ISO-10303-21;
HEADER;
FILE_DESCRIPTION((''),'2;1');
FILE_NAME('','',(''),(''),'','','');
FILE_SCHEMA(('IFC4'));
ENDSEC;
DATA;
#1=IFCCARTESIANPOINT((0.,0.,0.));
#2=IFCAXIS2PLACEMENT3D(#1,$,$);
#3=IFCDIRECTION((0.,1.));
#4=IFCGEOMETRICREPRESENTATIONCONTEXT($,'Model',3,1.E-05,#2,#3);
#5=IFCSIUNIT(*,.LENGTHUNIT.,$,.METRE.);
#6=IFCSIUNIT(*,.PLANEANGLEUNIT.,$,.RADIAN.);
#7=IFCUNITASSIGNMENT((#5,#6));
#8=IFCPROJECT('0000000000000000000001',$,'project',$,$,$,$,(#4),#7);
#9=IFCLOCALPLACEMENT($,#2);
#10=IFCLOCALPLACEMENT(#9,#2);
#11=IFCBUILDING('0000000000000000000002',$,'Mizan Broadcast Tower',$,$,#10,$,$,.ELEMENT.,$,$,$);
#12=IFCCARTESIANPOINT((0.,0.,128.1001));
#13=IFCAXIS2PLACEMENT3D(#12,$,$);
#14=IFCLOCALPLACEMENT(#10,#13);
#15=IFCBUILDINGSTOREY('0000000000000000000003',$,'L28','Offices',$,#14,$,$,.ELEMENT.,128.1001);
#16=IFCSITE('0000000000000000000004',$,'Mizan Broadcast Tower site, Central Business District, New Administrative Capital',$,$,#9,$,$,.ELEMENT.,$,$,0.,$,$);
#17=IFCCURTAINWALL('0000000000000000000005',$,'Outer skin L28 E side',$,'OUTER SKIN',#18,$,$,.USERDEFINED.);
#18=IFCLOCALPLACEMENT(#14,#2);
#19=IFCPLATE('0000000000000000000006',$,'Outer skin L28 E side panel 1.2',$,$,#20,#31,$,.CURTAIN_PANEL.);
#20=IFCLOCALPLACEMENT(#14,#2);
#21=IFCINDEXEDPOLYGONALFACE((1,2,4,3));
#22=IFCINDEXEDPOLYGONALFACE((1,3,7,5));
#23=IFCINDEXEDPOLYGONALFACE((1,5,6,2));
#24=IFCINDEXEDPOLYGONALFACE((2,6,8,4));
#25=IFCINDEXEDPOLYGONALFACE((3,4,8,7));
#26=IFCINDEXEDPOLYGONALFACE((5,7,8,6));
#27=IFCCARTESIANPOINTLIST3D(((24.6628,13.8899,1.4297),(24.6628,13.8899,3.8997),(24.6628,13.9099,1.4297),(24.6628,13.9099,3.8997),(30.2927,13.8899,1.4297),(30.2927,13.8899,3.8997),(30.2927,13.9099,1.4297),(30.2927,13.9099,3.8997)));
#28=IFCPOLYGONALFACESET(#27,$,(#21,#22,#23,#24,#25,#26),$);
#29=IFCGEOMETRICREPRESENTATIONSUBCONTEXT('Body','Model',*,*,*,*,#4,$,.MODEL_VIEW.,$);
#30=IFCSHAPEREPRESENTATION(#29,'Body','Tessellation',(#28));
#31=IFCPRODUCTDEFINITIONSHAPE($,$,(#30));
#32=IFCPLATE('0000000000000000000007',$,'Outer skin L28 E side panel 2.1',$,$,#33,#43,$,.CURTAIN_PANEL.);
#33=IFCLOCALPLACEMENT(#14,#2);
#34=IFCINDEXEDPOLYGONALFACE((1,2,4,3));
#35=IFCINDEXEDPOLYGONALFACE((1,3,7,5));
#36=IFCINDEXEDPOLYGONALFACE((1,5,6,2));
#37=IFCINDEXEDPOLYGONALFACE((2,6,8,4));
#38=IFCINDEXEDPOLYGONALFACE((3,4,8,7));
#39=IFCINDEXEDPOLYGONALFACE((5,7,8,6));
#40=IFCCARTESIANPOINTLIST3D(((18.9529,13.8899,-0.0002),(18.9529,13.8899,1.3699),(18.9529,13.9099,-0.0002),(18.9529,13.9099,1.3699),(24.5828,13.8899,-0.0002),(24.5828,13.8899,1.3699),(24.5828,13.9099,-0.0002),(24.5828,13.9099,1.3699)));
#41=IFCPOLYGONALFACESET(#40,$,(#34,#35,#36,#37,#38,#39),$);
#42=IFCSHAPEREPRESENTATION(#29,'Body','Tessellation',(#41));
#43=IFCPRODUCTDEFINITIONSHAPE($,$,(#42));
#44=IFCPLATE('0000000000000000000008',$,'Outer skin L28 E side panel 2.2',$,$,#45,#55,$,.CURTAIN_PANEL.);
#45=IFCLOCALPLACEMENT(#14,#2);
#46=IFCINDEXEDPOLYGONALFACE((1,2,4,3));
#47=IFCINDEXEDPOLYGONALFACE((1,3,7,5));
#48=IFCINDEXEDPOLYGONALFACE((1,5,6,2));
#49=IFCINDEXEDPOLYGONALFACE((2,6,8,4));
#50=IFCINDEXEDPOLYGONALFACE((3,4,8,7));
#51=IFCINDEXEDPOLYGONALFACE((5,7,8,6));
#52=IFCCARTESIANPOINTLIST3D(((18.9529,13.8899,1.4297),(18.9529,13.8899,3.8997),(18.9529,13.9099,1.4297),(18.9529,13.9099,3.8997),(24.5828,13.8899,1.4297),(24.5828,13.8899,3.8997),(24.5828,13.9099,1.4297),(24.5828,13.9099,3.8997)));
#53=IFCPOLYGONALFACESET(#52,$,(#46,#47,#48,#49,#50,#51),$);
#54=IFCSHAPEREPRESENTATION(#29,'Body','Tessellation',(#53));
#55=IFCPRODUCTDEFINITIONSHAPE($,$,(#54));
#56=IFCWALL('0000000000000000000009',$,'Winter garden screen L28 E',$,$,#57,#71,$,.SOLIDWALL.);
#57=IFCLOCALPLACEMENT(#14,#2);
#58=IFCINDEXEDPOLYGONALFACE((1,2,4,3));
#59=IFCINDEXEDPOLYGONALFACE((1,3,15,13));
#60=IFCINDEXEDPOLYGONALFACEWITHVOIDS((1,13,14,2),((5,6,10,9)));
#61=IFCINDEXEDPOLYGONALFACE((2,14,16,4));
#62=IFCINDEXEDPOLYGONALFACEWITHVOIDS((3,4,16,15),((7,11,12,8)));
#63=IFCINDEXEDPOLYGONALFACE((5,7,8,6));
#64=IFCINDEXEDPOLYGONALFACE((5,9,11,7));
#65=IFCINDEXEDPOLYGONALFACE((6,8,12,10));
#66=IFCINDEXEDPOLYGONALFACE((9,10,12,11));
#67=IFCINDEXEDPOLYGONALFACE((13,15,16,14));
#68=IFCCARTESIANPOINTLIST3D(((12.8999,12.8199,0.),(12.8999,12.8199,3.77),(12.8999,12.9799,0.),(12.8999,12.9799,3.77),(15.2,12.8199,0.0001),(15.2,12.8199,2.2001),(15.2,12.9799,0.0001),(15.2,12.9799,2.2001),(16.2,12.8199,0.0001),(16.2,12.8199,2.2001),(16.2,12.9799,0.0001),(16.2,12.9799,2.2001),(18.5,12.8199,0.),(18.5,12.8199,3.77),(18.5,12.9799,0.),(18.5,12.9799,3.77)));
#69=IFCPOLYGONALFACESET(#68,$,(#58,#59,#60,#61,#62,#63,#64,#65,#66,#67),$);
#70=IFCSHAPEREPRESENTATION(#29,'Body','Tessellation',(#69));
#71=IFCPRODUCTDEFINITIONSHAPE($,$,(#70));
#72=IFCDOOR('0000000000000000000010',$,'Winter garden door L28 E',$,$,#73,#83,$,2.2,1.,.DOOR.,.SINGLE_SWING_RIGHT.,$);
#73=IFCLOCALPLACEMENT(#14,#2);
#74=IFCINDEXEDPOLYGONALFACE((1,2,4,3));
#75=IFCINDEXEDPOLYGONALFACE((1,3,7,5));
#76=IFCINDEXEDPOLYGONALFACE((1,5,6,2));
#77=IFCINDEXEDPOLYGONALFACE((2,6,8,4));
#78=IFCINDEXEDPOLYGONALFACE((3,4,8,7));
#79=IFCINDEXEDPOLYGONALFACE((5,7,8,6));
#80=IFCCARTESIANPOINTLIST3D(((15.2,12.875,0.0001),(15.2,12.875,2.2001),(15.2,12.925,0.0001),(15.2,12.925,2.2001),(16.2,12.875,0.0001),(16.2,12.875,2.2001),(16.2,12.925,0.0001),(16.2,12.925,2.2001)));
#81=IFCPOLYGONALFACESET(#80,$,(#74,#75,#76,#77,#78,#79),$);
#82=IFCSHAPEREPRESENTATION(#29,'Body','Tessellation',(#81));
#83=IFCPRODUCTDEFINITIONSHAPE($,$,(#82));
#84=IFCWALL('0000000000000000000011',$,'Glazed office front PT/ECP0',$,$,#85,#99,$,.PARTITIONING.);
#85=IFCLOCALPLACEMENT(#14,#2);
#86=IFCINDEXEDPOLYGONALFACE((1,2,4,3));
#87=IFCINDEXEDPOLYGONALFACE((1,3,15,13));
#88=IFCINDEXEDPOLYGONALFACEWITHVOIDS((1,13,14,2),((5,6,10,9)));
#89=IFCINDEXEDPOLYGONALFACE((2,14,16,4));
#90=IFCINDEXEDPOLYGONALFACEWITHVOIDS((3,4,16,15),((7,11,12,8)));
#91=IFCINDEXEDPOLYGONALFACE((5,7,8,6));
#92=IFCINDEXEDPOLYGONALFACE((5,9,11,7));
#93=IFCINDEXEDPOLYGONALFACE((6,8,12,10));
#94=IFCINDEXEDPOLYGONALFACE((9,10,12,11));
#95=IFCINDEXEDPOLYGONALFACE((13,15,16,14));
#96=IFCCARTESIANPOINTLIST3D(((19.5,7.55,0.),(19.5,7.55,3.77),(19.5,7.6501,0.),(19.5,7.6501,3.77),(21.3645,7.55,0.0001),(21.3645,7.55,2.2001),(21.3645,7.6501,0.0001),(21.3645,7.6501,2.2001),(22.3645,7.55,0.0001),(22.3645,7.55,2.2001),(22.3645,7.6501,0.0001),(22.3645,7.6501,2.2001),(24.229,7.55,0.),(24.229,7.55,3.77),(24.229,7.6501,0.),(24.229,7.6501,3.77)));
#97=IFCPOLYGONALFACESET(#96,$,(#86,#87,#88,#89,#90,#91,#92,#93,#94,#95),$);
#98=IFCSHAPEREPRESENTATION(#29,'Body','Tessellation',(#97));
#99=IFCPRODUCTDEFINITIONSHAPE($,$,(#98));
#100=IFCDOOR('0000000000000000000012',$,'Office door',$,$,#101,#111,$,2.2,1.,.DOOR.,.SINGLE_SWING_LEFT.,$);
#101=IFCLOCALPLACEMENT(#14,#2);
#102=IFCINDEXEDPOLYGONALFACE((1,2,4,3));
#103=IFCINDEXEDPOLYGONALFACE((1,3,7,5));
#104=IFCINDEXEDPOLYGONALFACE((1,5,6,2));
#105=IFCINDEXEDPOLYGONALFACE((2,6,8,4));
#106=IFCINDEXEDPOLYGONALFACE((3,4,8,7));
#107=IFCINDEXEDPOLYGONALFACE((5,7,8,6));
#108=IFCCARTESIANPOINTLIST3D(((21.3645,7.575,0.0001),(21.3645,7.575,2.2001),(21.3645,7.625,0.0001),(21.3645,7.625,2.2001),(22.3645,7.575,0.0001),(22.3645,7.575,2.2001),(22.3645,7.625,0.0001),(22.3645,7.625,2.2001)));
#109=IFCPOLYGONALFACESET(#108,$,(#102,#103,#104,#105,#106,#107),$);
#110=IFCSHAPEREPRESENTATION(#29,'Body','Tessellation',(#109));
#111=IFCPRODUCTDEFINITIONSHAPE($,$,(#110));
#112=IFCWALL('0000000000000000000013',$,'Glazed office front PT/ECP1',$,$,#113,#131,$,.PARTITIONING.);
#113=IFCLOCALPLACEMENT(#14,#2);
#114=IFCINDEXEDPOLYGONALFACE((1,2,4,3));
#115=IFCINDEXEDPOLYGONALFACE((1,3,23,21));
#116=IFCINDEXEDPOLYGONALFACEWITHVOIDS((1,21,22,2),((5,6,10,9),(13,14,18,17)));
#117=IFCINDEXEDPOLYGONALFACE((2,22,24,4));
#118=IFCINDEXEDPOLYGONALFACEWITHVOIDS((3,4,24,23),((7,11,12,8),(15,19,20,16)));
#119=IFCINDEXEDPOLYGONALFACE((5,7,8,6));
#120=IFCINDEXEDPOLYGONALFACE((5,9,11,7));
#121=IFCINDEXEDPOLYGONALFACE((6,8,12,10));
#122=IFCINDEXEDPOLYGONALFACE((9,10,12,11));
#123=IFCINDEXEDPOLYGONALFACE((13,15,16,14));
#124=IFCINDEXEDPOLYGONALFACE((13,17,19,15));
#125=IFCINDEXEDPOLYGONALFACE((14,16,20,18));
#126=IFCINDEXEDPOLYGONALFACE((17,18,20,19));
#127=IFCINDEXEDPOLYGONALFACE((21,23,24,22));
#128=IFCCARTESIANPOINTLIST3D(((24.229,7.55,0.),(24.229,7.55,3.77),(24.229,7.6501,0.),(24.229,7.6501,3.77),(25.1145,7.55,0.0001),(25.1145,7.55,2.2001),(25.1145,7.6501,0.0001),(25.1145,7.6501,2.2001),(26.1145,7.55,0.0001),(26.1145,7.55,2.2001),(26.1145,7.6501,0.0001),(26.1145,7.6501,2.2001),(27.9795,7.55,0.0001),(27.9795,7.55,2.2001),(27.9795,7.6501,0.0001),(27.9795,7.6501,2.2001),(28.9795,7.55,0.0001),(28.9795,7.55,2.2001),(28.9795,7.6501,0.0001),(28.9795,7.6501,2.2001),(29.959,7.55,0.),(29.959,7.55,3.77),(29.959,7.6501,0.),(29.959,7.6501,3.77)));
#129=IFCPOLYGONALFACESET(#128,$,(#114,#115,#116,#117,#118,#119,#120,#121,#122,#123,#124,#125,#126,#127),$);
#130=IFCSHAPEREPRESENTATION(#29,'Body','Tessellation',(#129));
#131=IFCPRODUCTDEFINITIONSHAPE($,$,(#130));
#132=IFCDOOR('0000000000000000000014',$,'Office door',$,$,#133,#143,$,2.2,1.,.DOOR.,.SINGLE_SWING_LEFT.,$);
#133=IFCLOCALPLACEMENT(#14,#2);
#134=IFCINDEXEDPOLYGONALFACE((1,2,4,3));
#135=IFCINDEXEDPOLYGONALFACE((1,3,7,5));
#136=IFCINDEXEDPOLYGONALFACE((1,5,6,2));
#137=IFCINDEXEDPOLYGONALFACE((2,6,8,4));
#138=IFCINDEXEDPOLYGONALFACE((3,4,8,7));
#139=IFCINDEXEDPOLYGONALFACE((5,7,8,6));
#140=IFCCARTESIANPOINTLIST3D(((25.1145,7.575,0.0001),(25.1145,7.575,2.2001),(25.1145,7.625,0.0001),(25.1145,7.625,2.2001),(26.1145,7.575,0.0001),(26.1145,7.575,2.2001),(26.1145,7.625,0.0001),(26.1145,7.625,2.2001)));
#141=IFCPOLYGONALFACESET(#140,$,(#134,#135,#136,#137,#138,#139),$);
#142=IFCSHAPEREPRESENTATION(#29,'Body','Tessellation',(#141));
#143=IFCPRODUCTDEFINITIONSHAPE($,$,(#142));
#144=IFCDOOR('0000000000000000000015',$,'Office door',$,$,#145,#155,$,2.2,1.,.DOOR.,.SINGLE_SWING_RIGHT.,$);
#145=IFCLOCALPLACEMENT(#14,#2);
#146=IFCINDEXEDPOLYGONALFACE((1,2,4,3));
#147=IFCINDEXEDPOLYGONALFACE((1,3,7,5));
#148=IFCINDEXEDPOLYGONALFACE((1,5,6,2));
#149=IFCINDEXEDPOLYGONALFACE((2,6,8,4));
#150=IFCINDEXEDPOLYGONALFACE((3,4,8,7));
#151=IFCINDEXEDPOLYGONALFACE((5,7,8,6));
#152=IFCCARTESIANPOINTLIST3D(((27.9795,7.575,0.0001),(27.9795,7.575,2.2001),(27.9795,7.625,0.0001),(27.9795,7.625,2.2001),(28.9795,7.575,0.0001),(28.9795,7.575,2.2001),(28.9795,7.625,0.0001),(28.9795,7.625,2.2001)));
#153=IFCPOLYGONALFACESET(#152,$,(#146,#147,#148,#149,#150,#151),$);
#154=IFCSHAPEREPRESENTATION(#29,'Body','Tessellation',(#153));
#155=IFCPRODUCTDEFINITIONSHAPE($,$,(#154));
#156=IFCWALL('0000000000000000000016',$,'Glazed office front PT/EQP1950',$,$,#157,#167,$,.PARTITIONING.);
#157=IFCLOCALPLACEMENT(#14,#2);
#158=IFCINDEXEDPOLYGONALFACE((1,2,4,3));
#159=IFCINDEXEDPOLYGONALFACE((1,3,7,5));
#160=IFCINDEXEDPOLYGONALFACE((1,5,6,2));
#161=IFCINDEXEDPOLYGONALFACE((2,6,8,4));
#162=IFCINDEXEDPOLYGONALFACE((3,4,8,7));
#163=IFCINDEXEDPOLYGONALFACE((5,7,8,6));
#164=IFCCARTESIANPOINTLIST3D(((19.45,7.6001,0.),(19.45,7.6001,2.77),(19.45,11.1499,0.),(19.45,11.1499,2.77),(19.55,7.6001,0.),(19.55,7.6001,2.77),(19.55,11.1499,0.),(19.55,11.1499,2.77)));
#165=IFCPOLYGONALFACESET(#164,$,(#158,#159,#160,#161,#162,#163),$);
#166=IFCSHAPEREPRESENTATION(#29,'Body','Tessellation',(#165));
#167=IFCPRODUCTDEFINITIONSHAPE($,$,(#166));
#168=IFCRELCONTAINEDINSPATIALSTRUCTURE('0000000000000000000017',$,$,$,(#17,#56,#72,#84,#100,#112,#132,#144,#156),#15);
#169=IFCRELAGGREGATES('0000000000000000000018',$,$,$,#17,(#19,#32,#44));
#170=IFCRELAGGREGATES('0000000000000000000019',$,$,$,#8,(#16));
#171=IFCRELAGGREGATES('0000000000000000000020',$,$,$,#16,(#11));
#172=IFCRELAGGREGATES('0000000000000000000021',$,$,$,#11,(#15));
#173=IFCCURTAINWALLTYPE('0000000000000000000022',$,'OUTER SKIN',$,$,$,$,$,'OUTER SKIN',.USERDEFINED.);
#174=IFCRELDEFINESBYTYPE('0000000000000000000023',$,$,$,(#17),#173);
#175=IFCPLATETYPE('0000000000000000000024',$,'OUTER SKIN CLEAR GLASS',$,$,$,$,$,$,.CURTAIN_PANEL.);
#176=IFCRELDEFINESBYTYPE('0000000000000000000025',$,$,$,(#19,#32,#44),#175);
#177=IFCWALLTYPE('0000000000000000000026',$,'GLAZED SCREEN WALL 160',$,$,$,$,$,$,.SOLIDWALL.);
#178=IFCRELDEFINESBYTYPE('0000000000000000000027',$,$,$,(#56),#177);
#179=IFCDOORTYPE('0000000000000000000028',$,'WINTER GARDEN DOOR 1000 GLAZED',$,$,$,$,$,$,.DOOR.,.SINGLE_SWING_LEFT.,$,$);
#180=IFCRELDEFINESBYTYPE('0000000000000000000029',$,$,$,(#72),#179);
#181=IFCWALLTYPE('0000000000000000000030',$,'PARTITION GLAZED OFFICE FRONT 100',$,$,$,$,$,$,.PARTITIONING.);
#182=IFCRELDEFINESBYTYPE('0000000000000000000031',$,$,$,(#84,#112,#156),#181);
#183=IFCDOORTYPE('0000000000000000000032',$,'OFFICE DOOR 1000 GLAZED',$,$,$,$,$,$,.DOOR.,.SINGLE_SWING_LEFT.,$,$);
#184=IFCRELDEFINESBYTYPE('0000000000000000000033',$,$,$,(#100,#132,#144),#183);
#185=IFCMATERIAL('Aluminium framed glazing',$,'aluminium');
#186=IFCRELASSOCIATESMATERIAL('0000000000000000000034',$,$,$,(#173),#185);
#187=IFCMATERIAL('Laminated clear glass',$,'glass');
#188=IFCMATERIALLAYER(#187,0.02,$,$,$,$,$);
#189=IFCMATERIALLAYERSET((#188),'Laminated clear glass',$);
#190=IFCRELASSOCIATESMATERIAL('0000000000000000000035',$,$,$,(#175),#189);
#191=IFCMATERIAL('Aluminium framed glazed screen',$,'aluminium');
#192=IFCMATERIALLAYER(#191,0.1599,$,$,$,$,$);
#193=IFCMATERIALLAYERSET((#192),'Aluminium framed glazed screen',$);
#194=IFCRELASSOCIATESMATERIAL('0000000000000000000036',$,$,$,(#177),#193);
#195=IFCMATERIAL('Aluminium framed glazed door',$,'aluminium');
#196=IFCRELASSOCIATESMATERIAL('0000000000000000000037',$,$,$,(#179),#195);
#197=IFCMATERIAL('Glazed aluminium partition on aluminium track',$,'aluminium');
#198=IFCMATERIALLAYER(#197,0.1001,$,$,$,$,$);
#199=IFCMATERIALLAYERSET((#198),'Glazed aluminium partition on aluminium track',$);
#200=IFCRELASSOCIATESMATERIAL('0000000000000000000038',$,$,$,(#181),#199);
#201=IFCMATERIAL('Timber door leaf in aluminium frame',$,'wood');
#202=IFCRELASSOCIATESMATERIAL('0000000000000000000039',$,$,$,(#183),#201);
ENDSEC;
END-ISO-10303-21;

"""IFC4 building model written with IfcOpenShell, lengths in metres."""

from ifc_helpers import new_model, si_unit, direction, frame, frame_2d, origin, origin_2d, place, context, subcontext, project, spatial, rectangle, extrude, material, layer, layer_set, type_object, element, fill, aggregate, save


model = new_model("IFC4")

# Units and contexts
model_context = context("Model", 3, precision=1e-05, world=origin(), true_north=direction((0.0, 1.0)))
body_context = subcontext(model_context, "Body", "Model", "MODEL_VIEW")
ifc_project = project(units=[si_unit("LENGTHUNIT", "METRE"), si_unit("PLANEANGLEUNIT", "RADIAN")], contexts=[model_context])

# Site, building, storey
site_placement = place(None, origin())
site = spatial("IfcSite", under=ifc_project, at=site_placement, Name="Mizan Broadcast Tower site, Central Business District, New Administrative Capital", CompositionType="ELEMENT", RefElevation=0.0)
building_placement = place(site_placement, origin())
building = spatial("IfcBuilding", under=site, at=building_placement, Name="Mizan Broadcast Tower", CompositionType="ELEMENT")
storey_placement = place(building_placement, frame((0.0, 0.0, 128.1001)))
storey = spatial("IfcBuildingStorey", under=building, at=storey_placement, Name="L28", Description="Offices", CompositionType="ELEMENT", Elevation=128.1001)

# Curtain wall
ifc_material_1 = material(Name="Aluminium framed glazing", Category="aluminium")
curtain_wall_type_1 = type_object("IfcCurtainWallType", Name="OUTER SKIN", ElementType="OUTER SKIN", PredefinedType="USERDEFINED", material=ifc_material_1)
curtain_wall_1_placement = place(storey_placement, origin())
curtain_wall_1 = element("IfcCurtainWall", 1, at=curtain_wall_1_placement, inside=storey, type_object=curtain_wall_type_1, Name="Outer skin L28 E side", ObjectType="OUTER SKIN", PredefinedType="USERDEFINED")

# Plates
ifc_material_2 = material(Name="Laminated clear glass", Category="glass")
ifc_layer_1 = layer(ifc_material_2, 0.02)
ifc_layer_set_1 = layer_set([ifc_layer_1], Name="Laminated clear glass")
plate_type_1 = type_object("IfcPlateType", Name="OUTER SKIN CLEAR GLASS", PredefinedType="CURTAIN_PANEL", material=ifc_layer_set_1)
plate_1_placement = place(storey_placement, frame((27.4778, 13.8999, 1.4297), z_axis=(0.0, 0.0, 1.0), x_axis=(-1.0, 0.0, 0.0)))
plate_1 = element("IfcPlate", 2, at=plate_1_placement, type_object=plate_type_1, Name="Outer skin L28 E side panel 1.2", PredefinedType="CURTAIN_PANEL", context=body_context, shape_type="SweptSolid", body=[
    extrude(rectangle(XDim=5.6299, YDim=0.02, at=origin_2d()), origin(), (0.0, 0.0, 1.0), 2.47),
])
plate_2_placement = place(storey_placement, frame((21.7678, 13.8999, -0.0002), z_axis=(0.0, 0.0, 1.0), x_axis=(-1.0, 0.0, 0.0)))
plate_2 = element("IfcPlate", 3, at=plate_2_placement, type_object=plate_type_1, Name="Outer skin L28 E side panel 2.1", PredefinedType="CURTAIN_PANEL", context=body_context, shape_type="SweptSolid", body=[
    extrude(rectangle(XDim=5.6299, YDim=0.02, at=origin_2d()), origin(), (0.0, 0.0, 1.0), 1.3701),
])
plate_3_placement = place(storey_placement, frame((21.7678, 13.8999, 1.4297), z_axis=(0.0, 0.0, 1.0), x_axis=(-1.0, 0.0, 0.0)))
plate_3 = element("IfcPlate", 4, at=plate_3_placement, type_object=plate_type_1, Name="Outer skin L28 E side panel 2.2", PredefinedType="CURTAIN_PANEL", context=body_context, shape_type="SweptSolid", body=[
    extrude(rectangle(XDim=5.6299, YDim=0.02, at=origin_2d()), origin(), (0.0, 0.0, 1.0), 2.47),
])
aggregate(curtain_wall_1, [plate_1, plate_2, plate_3])

# Walls, openings, doors
ifc_material_3 = material(Name="Aluminium framed glazed screen", Category="aluminium")
ifc_layer_2 = layer(ifc_material_3, 0.1599)
ifc_layer_set_2 = layer_set([ifc_layer_2], Name="Aluminium framed glazed screen")
wall_type_1 = type_object("IfcWallType", Name="GLAZED SCREEN WALL 160", PredefinedType="SOLIDWALL", material=ifc_layer_set_2)
wall_1_placement = place(storey_placement, frame((18.5, 12.8999, 0.0), z_axis=(0.0, 0.0, 1.0), x_axis=(-1.0, 0.0, 0.0)))
wall_1 = element("IfcWall", 5, at=wall_1_placement, inside=storey, type_object=wall_type_1, Name="Winter garden screen L28 E", PredefinedType="SOLIDWALL", context=body_context, shape_type="SweptSolid", body=[
    extrude(rectangle(XDim=5.6001, YDim=0.1599, at=frame_2d((2.8, 0.0))), origin(), (0.0, 0.0, 1.0), 3.77),
])
opening_1_placement = place(wall_1_placement, frame((2.3, 0.0, 0.0)))
opening_1 = element("IfcOpeningElement", 6, at=opening_1_placement, cuts=wall_1, PredefinedType="OPENING", context=body_context, shape_type="SweptSolid", body=[
    extrude(rectangle(XDim=1.0, YDim=2.2, at=frame_2d((0.5, 1.1001))), frame((0.0, 0.0898, 0.0), z_axis=(0.0, -1.0, 0.0), x_axis=(1.0, 0.0, 0.0)), (0.0, 0.0, 1.0), 0.1799),
])
ifc_material_4 = material(Name="Aluminium framed glazed door", Category="aluminium")
door_type_1 = type_object("IfcDoorType", Name="WINTER GARDEN DOOR 1000 GLAZED", OperationType="SINGLE_SWING_LEFT", PredefinedType="DOOR", material=ifc_material_4)
door_1_placement = place(opening_1_placement, origin())
door_1 = element("IfcDoor", 7, at=door_1_placement, inside=storey, type_object=door_type_1, Name="Winter garden door L28 E", OperationType="SINGLE_SWING_RIGHT", OverallHeight=2.2, OverallWidth=1.0, PredefinedType="DOOR", context=body_context, shape_type="SweptSolid", body=[
    extrude(rectangle(XDim=1.0, YDim=2.2, at=frame_2d((0.5, 1.1001))), frame((0.0, 0.0249, 0.0), z_axis=(0.0, -1.0, 0.0), x_axis=(1.0, 0.0, 0.0)), (0.0, 0.0, 1.0), 0.05),
])
fill(opening_1, door_1)
ifc_material_5 = material(Name="Glazed aluminium partition on aluminium track", Category="aluminium")
ifc_layer_3 = layer(ifc_material_5, 0.1001)
ifc_layer_set_3 = layer_set([ifc_layer_3], Name="Glazed aluminium partition on aluminium track")
wall_type_2 = type_object("IfcWallType", Name="PARTITION GLAZED OFFICE FRONT 100", PredefinedType="PARTITIONING", material=ifc_layer_set_3)
wall_2_placement = place(storey_placement, frame((19.5, 7.6001, 0.0), z_axis=(0.0, 0.0, 1.0), x_axis=(1.0, 0.0, 0.0)))
wall_2 = element("IfcWall", 8, at=wall_2_placement, inside=storey, type_object=wall_type_2, Name="Glazed office front PT/ECP0", PredefinedType="PARTITIONING", context=body_context, shape_type="SweptSolid", body=[
    extrude(rectangle(XDim=4.729, YDim=0.1001, at=frame_2d((2.3645, 0.0))), origin(), (0.0, 0.0, 1.0), 3.77),
])
opening_2_placement = place(wall_2_placement, frame((1.8645, 0.0, 0.0)))
opening_2 = element("IfcOpeningElement", 9, at=opening_2_placement, cuts=wall_2, PredefinedType="OPENING", context=body_context, shape_type="SweptSolid", body=[
    extrude(rectangle(XDim=1.0, YDim=2.2, at=frame_2d((0.5, 1.1001))), frame((0.0, 0.0601, 0.0), z_axis=(0.0, -1.0, 0.0), x_axis=(1.0, 0.0, 0.0)), (0.0, 0.0, 1.0), 0.1201),
])
ifc_material_6 = material(Name="Timber door leaf in aluminium frame", Category="wood")
door_type_2 = type_object("IfcDoorType", Name="OFFICE DOOR 1000 GLAZED", OperationType="SINGLE_SWING_LEFT", PredefinedType="DOOR", material=ifc_material_6)
door_2_placement = place(opening_2_placement, origin())
door_2 = element("IfcDoor", 10, at=door_2_placement, inside=storey, type_object=door_type_2, Name="Office door", OperationType="SINGLE_SWING_LEFT", OverallHeight=2.2, OverallWidth=1.0, PredefinedType="DOOR", context=body_context, shape_type="SweptSolid", body=[
    extrude(rectangle(XDim=1.0, YDim=2.2, at=frame_2d((0.5, 1.1001))), frame((0.0, 0.0249, 0.0), z_axis=(0.0, -1.0, 0.0), x_axis=(1.0, 0.0, 0.0)), (0.0, 0.0, 1.0), 0.05),
])
fill(opening_2, door_2)

# Wall, openings, doors
wall_3_placement = place(storey_placement, frame((24.229, 7.6001, 0.0), z_axis=(0.0, 0.0, 1.0), x_axis=(1.0, 0.0, 0.0)))
wall_3 = element("IfcWall", 11, at=wall_3_placement, inside=storey, type_object=wall_type_2, Name="Glazed office front PT/ECP1", PredefinedType="PARTITIONING", context=body_context, shape_type="SweptSolid", body=[
    extrude(rectangle(XDim=5.73, YDim=0.1001, at=frame_2d((2.865, 0.0))), origin(), (0.0, 0.0, 1.0), 3.77),
])
opening_3_placement = place(wall_3_placement, frame((0.8855, 0.0, 0.0)))
opening_3 = element("IfcOpeningElement", 12, at=opening_3_placement, cuts=wall_3, PredefinedType="OPENING", context=body_context, shape_type="SweptSolid", body=[
    extrude(rectangle(XDim=1.0, YDim=2.2, at=frame_2d((0.5, 1.1001))), frame((0.0, 0.0601, 0.0), z_axis=(0.0, -1.0, 0.0), x_axis=(1.0, 0.0, 0.0)), (0.0, 0.0, 1.0), 0.1201),
])
opening_4_placement = place(wall_3_placement, frame((3.7505, 0.0, 0.0)))
opening_4 = element("IfcOpeningElement", 13, at=opening_4_placement, cuts=wall_3, PredefinedType="OPENING", context=body_context, shape_type="SweptSolid", body=[
    extrude(rectangle(XDim=1.0, YDim=2.2, at=frame_2d((0.5, 1.1001))), frame((0.0, 0.0601, 0.0), z_axis=(0.0, -1.0, 0.0), x_axis=(1.0, 0.0, 0.0)), (0.0, 0.0, 1.0), 0.1201),
])
door_3_placement = place(opening_3_placement, origin())
door_3 = element("IfcDoor", 14, at=door_3_placement, inside=storey, type_object=door_type_2, Name="Office door", OperationType="SINGLE_SWING_LEFT", OverallHeight=2.2, OverallWidth=1.0, PredefinedType="DOOR", context=body_context, shape_type="SweptSolid", body=[
    extrude(rectangle(XDim=1.0, YDim=2.2, at=frame_2d((0.5, 1.1001))), frame((0.0, 0.0249, 0.0), z_axis=(0.0, -1.0, 0.0), x_axis=(1.0, 0.0, 0.0)), (0.0, 0.0, 1.0), 0.05),
])
fill(opening_3, door_3)
door_4_placement = place(opening_4_placement, origin())
door_4 = element("IfcDoor", 15, at=door_4_placement, inside=storey, type_object=door_type_2, Name="Office door", OperationType="SINGLE_SWING_RIGHT", OverallHeight=2.2, OverallWidth=1.0, PredefinedType="DOOR", context=body_context, shape_type="SweptSolid", body=[
    extrude(rectangle(XDim=1.0, YDim=2.2, at=frame_2d((0.5, 1.1001))), frame((0.0, 0.0249, 0.0), z_axis=(0.0, -1.0, 0.0), x_axis=(1.0, 0.0, 0.0)), (0.0, 0.0, 1.0), 0.05),
])
fill(opening_4, door_4)

# Wall
wall_4_placement = place(storey_placement, frame((19.5, 7.6001, 0.0), z_axis=(0.0, 0.0, 1.0), x_axis=(0.0, 1.0, 0.0)))
element("IfcWall", 16, at=wall_4_placement, inside=storey, type_object=wall_type_2, Name="Glazed office front PT/EQP1950", PredefinedType="PARTITIONING", context=body_context, shape_type="SweptSolid", body=[
    extrude(rectangle(XDim=3.5498, YDim=0.1001, at=frame_2d((1.7749, 0.0))), origin(), (0.0, 0.0, 1.0), 2.77),
])

save(model, "model.ifc")
